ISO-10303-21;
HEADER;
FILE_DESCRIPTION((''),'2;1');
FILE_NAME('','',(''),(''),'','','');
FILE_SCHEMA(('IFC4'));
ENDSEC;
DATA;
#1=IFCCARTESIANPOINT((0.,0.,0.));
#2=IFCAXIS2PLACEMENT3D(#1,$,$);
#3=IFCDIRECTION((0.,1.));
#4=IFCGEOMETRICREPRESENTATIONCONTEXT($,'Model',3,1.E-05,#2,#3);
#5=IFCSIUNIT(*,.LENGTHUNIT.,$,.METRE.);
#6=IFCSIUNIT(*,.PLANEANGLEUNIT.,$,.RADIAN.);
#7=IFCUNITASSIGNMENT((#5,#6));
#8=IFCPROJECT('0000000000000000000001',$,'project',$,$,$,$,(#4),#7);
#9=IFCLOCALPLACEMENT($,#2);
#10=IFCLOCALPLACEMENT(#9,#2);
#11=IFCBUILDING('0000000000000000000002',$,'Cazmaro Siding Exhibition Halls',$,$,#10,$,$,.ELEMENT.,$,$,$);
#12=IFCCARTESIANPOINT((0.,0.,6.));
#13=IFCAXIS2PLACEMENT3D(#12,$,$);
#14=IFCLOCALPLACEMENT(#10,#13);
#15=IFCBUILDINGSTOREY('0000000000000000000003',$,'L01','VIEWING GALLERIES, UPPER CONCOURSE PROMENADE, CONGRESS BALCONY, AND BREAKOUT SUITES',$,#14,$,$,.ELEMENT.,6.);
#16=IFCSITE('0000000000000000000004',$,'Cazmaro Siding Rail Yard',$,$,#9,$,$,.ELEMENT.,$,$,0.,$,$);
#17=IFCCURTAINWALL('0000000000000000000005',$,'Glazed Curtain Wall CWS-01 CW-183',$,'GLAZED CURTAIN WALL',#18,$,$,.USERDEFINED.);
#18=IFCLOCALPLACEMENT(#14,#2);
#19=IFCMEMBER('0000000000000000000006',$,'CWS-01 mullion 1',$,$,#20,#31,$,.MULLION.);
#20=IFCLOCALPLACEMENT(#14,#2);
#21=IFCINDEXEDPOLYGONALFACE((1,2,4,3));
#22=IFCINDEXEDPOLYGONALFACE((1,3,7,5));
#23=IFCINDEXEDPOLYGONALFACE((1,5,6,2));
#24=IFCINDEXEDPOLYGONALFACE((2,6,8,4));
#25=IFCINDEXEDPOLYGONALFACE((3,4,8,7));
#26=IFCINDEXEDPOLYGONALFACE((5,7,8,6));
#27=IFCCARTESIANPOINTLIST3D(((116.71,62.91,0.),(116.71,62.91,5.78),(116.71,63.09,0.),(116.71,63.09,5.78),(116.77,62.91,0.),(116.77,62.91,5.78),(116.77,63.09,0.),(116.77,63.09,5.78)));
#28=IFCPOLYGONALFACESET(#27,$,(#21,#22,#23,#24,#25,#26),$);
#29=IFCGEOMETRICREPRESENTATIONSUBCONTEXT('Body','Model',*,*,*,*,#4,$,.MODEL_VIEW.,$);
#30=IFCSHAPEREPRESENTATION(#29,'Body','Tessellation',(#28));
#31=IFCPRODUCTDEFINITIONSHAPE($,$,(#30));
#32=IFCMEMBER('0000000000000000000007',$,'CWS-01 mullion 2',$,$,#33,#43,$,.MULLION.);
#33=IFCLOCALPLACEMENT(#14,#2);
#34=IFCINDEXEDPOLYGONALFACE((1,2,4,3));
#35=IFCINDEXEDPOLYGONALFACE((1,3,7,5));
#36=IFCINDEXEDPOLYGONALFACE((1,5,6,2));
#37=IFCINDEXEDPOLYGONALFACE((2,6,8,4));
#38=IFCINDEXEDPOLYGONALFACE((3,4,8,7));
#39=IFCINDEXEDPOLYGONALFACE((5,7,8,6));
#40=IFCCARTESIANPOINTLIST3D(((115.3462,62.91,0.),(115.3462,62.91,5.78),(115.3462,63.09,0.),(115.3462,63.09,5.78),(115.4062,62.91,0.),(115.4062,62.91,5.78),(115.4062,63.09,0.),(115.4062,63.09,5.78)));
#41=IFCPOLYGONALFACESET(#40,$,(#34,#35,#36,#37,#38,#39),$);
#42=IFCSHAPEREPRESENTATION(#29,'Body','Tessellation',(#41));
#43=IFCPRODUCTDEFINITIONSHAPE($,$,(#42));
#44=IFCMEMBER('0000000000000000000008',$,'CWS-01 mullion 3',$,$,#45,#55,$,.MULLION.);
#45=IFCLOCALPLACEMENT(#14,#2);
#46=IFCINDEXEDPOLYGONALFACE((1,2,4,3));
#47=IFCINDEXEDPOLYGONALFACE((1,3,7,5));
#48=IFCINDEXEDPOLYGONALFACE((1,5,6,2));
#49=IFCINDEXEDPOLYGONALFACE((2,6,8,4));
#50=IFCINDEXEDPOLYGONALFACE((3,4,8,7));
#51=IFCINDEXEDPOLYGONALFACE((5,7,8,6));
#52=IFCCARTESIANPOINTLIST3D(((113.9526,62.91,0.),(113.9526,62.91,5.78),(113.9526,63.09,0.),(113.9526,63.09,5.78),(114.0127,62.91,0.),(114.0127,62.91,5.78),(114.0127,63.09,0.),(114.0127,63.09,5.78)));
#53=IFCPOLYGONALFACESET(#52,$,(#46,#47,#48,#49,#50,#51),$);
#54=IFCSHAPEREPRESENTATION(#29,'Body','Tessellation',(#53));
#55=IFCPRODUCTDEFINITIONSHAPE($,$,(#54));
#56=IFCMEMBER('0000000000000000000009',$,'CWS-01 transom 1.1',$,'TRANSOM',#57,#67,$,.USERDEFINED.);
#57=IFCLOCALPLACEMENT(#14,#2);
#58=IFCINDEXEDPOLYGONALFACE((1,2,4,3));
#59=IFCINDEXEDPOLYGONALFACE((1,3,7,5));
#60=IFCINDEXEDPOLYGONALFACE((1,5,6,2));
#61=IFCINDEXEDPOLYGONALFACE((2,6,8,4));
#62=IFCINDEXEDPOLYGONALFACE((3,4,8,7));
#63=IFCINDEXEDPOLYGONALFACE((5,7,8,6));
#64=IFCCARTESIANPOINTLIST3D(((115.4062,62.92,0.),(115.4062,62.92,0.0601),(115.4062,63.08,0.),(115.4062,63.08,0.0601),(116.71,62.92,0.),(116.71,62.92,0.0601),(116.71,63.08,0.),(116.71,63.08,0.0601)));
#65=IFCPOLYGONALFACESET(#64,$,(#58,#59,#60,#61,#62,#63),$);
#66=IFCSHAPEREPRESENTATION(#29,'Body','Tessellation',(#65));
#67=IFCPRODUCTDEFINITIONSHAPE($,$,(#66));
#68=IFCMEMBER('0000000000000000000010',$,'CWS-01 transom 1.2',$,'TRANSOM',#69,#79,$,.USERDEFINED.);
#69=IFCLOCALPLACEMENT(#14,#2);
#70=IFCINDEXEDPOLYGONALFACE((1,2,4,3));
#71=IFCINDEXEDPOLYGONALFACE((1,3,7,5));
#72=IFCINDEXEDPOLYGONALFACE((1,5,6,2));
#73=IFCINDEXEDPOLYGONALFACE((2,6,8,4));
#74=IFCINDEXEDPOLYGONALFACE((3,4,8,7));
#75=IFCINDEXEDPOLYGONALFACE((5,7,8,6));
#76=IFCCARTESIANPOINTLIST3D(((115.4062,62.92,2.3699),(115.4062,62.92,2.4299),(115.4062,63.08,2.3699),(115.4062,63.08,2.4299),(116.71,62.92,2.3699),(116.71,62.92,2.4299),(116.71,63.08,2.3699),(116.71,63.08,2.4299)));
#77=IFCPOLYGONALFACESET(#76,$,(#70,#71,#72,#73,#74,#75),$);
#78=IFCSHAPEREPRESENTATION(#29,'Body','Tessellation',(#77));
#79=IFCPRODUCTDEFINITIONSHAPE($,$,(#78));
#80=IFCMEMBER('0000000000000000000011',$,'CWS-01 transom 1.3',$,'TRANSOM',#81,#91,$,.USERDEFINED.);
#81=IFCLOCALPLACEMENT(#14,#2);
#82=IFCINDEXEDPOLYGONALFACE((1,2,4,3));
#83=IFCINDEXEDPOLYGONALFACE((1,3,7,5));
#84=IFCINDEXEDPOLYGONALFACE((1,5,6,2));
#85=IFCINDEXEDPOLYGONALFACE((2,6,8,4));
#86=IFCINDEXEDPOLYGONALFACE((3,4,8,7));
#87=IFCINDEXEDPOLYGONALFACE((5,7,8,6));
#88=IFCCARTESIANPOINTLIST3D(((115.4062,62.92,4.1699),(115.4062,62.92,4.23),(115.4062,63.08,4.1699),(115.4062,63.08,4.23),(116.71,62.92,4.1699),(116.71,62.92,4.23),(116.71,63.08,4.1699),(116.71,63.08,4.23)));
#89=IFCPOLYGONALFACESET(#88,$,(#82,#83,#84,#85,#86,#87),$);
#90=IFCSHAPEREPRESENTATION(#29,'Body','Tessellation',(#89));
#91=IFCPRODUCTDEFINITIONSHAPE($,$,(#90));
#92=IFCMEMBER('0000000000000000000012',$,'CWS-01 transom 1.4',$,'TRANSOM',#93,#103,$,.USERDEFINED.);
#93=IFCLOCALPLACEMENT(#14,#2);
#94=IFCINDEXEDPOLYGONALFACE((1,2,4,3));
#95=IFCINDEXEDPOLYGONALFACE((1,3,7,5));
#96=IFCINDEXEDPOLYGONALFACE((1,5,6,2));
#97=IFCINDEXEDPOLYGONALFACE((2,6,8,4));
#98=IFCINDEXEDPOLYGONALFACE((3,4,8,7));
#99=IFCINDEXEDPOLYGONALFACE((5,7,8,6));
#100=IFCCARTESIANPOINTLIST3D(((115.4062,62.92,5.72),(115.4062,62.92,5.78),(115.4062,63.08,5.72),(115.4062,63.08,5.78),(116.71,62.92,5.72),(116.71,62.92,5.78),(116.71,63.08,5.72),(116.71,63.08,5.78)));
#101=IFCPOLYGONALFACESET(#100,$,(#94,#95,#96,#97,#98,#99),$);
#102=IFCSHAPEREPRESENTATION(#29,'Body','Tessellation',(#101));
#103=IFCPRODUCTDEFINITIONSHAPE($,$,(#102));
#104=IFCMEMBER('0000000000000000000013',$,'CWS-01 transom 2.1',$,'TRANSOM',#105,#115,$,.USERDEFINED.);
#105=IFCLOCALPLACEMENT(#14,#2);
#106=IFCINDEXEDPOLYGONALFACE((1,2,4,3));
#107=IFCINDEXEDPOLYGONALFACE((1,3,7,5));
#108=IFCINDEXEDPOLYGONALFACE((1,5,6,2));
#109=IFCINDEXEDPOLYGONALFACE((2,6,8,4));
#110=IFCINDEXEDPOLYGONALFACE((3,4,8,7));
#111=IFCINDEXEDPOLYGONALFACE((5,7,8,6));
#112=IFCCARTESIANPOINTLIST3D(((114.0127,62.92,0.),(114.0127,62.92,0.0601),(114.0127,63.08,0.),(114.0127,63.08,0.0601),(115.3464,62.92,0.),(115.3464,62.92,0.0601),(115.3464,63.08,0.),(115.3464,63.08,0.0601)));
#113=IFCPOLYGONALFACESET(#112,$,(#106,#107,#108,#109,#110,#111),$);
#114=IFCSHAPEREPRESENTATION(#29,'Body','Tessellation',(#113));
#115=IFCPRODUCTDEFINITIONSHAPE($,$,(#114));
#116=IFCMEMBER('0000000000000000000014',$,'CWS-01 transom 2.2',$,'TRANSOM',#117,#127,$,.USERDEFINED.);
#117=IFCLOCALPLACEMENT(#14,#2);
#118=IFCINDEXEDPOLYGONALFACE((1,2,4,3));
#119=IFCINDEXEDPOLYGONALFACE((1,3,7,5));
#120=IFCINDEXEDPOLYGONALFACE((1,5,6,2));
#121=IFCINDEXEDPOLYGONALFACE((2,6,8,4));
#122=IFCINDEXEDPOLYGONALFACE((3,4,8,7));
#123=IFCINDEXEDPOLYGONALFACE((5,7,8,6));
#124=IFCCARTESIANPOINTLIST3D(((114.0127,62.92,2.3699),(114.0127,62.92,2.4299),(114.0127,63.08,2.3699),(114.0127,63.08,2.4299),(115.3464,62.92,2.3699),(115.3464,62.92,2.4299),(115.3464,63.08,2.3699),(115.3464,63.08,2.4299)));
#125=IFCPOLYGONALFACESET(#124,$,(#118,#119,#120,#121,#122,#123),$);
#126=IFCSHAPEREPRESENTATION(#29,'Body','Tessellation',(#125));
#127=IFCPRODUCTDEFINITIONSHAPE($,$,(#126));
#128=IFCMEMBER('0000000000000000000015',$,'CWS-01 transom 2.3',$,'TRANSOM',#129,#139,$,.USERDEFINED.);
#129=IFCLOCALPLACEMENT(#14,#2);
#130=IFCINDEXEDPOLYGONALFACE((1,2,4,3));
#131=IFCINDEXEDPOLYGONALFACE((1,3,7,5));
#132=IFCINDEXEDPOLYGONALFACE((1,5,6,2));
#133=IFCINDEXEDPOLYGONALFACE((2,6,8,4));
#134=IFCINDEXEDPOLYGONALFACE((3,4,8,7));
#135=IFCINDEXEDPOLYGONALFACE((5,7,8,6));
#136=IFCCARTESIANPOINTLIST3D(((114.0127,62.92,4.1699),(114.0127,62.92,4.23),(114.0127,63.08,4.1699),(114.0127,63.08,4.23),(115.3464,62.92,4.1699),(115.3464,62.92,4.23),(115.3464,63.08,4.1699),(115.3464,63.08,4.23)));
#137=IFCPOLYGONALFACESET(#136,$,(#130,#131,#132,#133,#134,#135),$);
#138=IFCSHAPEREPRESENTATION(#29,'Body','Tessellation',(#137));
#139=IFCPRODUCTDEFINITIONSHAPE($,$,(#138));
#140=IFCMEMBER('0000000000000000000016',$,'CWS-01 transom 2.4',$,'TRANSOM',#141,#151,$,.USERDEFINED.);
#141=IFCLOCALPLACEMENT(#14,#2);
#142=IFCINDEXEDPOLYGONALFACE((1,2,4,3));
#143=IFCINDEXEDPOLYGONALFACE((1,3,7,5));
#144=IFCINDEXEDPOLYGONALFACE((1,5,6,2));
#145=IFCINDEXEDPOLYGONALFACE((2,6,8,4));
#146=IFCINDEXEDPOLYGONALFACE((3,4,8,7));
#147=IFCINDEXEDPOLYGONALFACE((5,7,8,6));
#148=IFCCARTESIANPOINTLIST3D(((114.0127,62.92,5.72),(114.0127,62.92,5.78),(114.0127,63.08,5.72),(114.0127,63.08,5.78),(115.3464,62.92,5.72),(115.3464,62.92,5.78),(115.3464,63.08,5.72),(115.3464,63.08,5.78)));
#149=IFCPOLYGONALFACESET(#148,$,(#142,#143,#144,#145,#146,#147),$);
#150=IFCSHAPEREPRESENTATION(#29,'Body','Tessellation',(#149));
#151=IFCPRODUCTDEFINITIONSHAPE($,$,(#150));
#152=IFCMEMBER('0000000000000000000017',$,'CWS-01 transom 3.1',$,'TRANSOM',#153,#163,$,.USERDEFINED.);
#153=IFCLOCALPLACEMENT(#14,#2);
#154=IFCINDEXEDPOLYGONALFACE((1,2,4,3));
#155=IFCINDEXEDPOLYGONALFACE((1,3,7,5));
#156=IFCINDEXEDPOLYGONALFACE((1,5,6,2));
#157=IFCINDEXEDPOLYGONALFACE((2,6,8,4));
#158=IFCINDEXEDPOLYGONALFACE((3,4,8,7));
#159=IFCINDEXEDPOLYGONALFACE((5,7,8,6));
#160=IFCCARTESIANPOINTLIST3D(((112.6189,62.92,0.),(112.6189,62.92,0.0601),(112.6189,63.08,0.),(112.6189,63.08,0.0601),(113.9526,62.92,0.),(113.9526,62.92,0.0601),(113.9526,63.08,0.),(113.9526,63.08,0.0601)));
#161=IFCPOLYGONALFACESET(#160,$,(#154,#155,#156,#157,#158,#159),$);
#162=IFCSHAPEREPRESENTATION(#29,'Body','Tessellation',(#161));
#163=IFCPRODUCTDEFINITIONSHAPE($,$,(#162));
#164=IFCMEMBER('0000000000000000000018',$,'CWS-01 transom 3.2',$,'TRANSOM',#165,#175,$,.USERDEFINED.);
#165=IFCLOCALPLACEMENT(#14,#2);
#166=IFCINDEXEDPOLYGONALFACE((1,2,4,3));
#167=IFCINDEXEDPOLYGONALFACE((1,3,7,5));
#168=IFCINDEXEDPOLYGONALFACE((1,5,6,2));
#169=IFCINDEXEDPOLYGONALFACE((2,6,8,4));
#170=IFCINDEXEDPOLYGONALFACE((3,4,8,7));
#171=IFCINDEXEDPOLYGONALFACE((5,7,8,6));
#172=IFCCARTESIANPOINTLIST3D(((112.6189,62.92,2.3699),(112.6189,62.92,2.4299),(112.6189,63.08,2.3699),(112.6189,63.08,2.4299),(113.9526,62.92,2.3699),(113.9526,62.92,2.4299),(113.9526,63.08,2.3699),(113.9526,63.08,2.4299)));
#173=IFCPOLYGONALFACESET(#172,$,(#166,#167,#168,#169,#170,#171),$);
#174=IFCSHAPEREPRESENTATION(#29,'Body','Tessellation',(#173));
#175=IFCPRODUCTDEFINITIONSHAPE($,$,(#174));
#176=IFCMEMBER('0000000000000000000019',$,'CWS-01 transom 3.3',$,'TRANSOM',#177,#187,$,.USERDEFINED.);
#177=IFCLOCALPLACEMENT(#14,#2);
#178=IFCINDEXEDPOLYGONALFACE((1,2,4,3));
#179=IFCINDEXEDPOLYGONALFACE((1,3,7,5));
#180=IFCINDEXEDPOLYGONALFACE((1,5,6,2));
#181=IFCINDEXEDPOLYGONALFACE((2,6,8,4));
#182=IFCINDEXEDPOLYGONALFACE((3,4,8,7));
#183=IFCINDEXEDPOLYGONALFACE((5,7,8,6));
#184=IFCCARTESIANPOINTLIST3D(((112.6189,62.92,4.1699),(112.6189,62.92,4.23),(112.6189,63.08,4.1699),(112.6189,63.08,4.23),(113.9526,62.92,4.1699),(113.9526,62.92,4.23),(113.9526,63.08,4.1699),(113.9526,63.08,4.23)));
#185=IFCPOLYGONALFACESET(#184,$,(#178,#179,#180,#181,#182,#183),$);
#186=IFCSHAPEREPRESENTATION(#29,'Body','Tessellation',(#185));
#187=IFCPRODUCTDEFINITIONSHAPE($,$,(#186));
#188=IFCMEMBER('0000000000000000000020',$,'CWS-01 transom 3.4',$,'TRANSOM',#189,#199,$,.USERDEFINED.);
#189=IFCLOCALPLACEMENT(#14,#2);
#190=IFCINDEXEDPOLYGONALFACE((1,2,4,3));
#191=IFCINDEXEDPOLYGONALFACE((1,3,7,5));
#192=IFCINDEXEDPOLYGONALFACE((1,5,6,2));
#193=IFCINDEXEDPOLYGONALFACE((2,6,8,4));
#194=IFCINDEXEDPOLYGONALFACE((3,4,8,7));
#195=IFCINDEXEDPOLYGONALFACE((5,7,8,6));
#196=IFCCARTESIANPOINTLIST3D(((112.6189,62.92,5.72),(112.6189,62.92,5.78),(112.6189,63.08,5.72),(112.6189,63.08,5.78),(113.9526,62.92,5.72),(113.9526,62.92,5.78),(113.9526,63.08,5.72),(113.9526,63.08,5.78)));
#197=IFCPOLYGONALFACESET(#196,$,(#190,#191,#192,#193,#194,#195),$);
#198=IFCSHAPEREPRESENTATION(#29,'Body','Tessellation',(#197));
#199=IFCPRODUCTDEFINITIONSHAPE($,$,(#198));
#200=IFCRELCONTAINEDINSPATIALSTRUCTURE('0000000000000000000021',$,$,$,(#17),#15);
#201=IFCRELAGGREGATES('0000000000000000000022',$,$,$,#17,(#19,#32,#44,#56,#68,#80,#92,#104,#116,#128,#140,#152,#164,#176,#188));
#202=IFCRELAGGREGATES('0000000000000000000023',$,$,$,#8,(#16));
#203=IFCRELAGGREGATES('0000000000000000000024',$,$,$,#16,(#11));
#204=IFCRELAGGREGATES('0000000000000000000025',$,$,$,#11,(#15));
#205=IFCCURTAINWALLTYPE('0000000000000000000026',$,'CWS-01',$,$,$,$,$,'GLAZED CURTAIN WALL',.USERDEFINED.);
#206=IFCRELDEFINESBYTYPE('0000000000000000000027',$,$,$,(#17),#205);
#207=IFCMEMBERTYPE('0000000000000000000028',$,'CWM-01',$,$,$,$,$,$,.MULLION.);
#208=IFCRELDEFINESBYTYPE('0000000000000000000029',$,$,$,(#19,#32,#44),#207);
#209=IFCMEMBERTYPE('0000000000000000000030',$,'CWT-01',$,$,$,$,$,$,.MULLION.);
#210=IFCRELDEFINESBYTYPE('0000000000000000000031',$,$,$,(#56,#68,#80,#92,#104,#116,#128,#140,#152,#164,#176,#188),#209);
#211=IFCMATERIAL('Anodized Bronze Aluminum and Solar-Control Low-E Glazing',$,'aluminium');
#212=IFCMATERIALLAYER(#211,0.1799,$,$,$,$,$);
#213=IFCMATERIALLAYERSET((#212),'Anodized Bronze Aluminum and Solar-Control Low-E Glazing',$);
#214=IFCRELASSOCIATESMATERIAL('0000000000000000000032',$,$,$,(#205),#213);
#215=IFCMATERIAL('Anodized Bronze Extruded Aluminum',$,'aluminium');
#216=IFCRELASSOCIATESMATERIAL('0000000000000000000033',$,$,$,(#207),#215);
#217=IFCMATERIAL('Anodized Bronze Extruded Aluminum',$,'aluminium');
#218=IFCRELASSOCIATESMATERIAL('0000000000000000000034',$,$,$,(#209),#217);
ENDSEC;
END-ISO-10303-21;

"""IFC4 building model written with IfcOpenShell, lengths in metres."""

from ifc_helpers import new_model, si_unit, direction, frame, origin, origin_2d, place, context, subcontext, project, spatial, rectangle, extrude, material, layer, layer_set, material_profile, profile_set, type_object, element, aggregate, save


model = new_model("IFC4")

# Units and contexts
model_context = context("Model", 3, precision=1e-05, world=origin(), true_north=direction((0.0, 1.0)))
body_context = subcontext(model_context, "Body", "Model", "MODEL_VIEW")
ifc_project = project(units=[si_unit("LENGTHUNIT", "METRE"), si_unit("PLANEANGLEUNIT", "RADIAN")], contexts=[model_context])

# Site, building, storey
site_placement = place(None, origin())
site = spatial("IfcSite", under=ifc_project, at=site_placement, Name="Cazmaro Siding Rail Yard", CompositionType="ELEMENT", RefElevation=0.0)
building_placement = place(site_placement, origin())
building = spatial("IfcBuilding", under=site, at=building_placement, Name="Cazmaro Siding Exhibition Halls", CompositionType="ELEMENT")
storey_placement = place(building_placement, frame((0.0, 0.0, 6.0)))
storey = spatial("IfcBuildingStorey", under=building, at=storey_placement, Name="L01", Description="VIEWING GALLERIES, UPPER CONCOURSE PROMENADE, CONGRESS BALCONY, AND BREAKOUT SUITES", CompositionType="ELEMENT", Elevation=6.0)

# Curtain wall, members
ifc_material_1 = material(Name="Anodized Bronze Aluminum and Solar-Control Low-E Glazing", Category="aluminium")
ifc_layer_1 = layer(ifc_material_1, 0.1799)
ifc_layer_set_1 = layer_set([ifc_layer_1], Name="Anodized Bronze Aluminum and Solar-Control Low-E Glazing")
curtain_wall_type = type_object("IfcCurtainWallType", Name="CWS-01", ElementType="GLAZED CURTAIN WALL", PredefinedType="USERDEFINED", material=ifc_layer_set_1)
curtain_wall_placement = place(storey_placement, origin())
curtain_wall = element("IfcCurtainWall", 1, at=curtain_wall_placement, inside=storey, type_object=curtain_wall_type, Name="Glazed Curtain Wall CWS-01 CW-183", ObjectType="GLAZED CURTAIN WALL", PredefinedType="USERDEFINED")
ifc_material_2 = material(Name="Anodized Bronze Extruded Aluminum", Category="aluminium")
ifc_material_profile_1 = material_profile(ifc_material_2, rectangle(XDim=0.1799, YDim=0.0601, at=origin_2d()), Name="CWM-01")
ifc_profile_set_1 = profile_set([ifc_material_profile_1], Name="Anodized Bronze Extruded Aluminum")
member_type_1 = type_object("IfcMemberType", Name="CWM-01", PredefinedType="MULLION", material=ifc_profile_set_1)
member_1_placement = place(storey_placement, frame((116.74, 63.0, 0.0), z_axis=(0.0, 0.0, 1.0), x_axis=(0.0, -1.0, 0.0)))
member_1 = element("IfcMember", 2, at=member_1_placement, type_object=member_type_1, Name="CWS-01 mullion 1", PredefinedType="MULLION", context=body_context, shape_type="SweptSolid", body=[
    extrude(rectangle(XDim=0.1799, YDim=0.0601, at=origin_2d()), origin(), (0.0, 0.0, 1.0), 5.78),
])
member_2_placement = place(storey_placement, frame((115.3762, 63.0, 0.0), z_axis=(0.0, 0.0, 1.0), x_axis=(0.0, -1.0, 0.0)))
member_2 = element("IfcMember", 3, at=member_2_placement, type_object=member_type_1, Name="CWS-01 mullion 2", PredefinedType="MULLION", context=body_context, shape_type="SweptSolid", body=[
    extrude(rectangle(XDim=0.1799, YDim=0.0601, at=origin_2d()), origin(), (0.0, 0.0, 1.0), 5.78),
])
member_3_placement = place(storey_placement, frame((113.9827, 63.0, 0.0), z_axis=(0.0, 0.0, 1.0), x_axis=(0.0, -1.0, 0.0)))
member_3 = element("IfcMember", 4, at=member_3_placement, type_object=member_type_1, Name="CWS-01 mullion 3", PredefinedType="MULLION", context=body_context, shape_type="SweptSolid", body=[
    extrude(rectangle(XDim=0.1799, YDim=0.0601, at=origin_2d()), origin(), (0.0, 0.0, 1.0), 5.78),
])
ifc_material_3 = material(Name="Anodized Bronze Extruded Aluminum", Category="aluminium")
ifc_material_profile_2 = material_profile(ifc_material_3, rectangle(XDim=0.1599, YDim=0.0601, at=origin_2d()), Name="CWT-01")
ifc_profile_set_2 = profile_set([ifc_material_profile_2], Name="Anodized Bronze Extruded Aluminum")
member_type_2 = type_object("IfcMemberType", Name="CWT-01", PredefinedType="MULLION", material=ifc_profile_set_2)
member_4_placement = place(storey_placement, frame((116.71, 63.0, 0.03), z_axis=(-1.0, 0.0, 0.0), x_axis=(0.0, -1.0, 0.0)))
member_4 = element("IfcMember", 5, at=member_4_placement, type_object=member_type_2, Name="CWS-01 transom 1.1", ObjectType="TRANSOM", PredefinedType="USERDEFINED", context=body_context, shape_type="SweptSolid", body=[
    extrude(rectangle(XDim=0.1599, YDim=0.0601, at=origin_2d()), origin(), (0.0, 0.0, 1.0), 1.3037),
])
member_5_placement = place(storey_placement, frame((116.71, 63.0, 2.3999), z_axis=(-1.0, 0.0, 0.0), x_axis=(0.0, -1.0, 0.0)))
member_5 = element("IfcMember", 6, at=member_5_placement, type_object=member_type_2, Name="CWS-01 transom 1.2", ObjectType="TRANSOM", PredefinedType="USERDEFINED", context=body_context, shape_type="SweptSolid", body=[
    extrude(rectangle(XDim=0.1599, YDim=0.0601, at=origin_2d()), origin(), (0.0, 0.0, 1.0), 1.3037),
])
member_6_placement = place(storey_placement, frame((116.71, 63.0, 4.2), z_axis=(-1.0, 0.0, 0.0), x_axis=(0.0, -1.0, 0.0)))
member_6 = element("IfcMember", 7, at=member_6_placement, type_object=member_type_2, Name="CWS-01 transom 1.3", ObjectType="TRANSOM", PredefinedType="USERDEFINED", context=body_context, shape_type="SweptSolid", body=[
    extrude(rectangle(XDim=0.1599, YDim=0.0601, at=origin_2d()), origin(), (0.0, 0.0, 1.0), 1.3037),
])
member_7_placement = place(storey_placement, frame((116.71, 63.0, 5.75), z_axis=(-1.0, 0.0, 0.0), x_axis=(0.0, -1.0, 0.0)))
member_7 = element("IfcMember", 8, at=member_7_placement, type_object=member_type_2, Name="CWS-01 transom 1.4", ObjectType="TRANSOM", PredefinedType="USERDEFINED", context=body_context, shape_type="SweptSolid", body=[
    extrude(rectangle(XDim=0.1599, YDim=0.0601, at=origin_2d()), origin(), (0.0, 0.0, 1.0), 1.3037),
])
member_8_placement = place(storey_placement, frame((115.3464, 63.0, 0.03), z_axis=(-1.0, 0.0, 0.0), x_axis=(0.0, -1.0, 0.0)))
member_8 = element("IfcMember", 9, at=member_8_placement, type_object=member_type_2, Name="CWS-01 transom 2.1", ObjectType="TRANSOM", PredefinedType="USERDEFINED", context=body_context, shape_type="SweptSolid", body=[
    extrude(rectangle(XDim=0.1599, YDim=0.0601, at=origin_2d()), origin(), (0.0, 0.0, 1.0), 1.3337),
])
member_9_placement = place(storey_placement, frame((115.3464, 63.0, 2.3999), z_axis=(-1.0, 0.0, 0.0), x_axis=(0.0, -1.0, 0.0)))
member_9 = element("IfcMember", 10, at=member_9_placement, type_object=member_type_2, Name="CWS-01 transom 2.2", ObjectType="TRANSOM", PredefinedType="USERDEFINED", context=body_context, shape_type="SweptSolid", body=[
    extrude(rectangle(XDim=0.1599, YDim=0.0601, at=origin_2d()), origin(), (0.0, 0.0, 1.0), 1.3337),
])
member_10_placement = place(storey_placement, frame((115.3464, 63.0, 4.2), z_axis=(-1.0, 0.0, 0.0), x_axis=(0.0, -1.0, 0.0)))
member_10 = element("IfcMember", 11, at=member_10_placement, type_object=member_type_2, Name="CWS-01 transom 2.3", ObjectType="TRANSOM", PredefinedType="USERDEFINED", context=body_context, shape_type="SweptSolid", body=[
    extrude(rectangle(XDim=0.1599, YDim=0.0601, at=origin_2d()), origin(), (0.0, 0.0, 1.0), 1.3337),
])
member_11_placement = place(storey_placement, frame((115.3464, 63.0, 5.75), z_axis=(-1.0, 0.0, 0.0), x_axis=(0.0, -1.0, 0.0)))
member_11 = element("IfcMember", 12, at=member_11_placement, type_object=member_type_2, Name="CWS-01 transom 2.4", ObjectType="TRANSOM", PredefinedType="USERDEFINED", context=body_context, shape_type="SweptSolid", body=[
    extrude(rectangle(XDim=0.1599, YDim=0.0601, at=origin_2d()), origin(), (0.0, 0.0, 1.0), 1.3337),
])
member_12_placement = place(storey_placement, frame((113.9526, 63.0, 0.03), z_axis=(-1.0, 0.0, 0.0), x_axis=(0.0, -1.0, 0.0)))
member_12 = element("IfcMember", 13, at=member_12_placement, type_object=member_type_2, Name="CWS-01 transom 3.1", ObjectType="TRANSOM", PredefinedType="USERDEFINED", context=body_context, shape_type="SweptSolid", body=[
    extrude(rectangle(XDim=0.1599, YDim=0.0601, at=origin_2d()), origin(), (0.0, 0.0, 1.0), 1.3337),
])
member_13_placement = place(storey_placement, frame((113.9526, 63.0, 2.3999), z_axis=(-1.0, 0.0, 0.0), x_axis=(0.0, -1.0, 0.0)))
member_13 = element("IfcMember", 14, at=member_13_placement, type_object=member_type_2, Name="CWS-01 transom 3.2", ObjectType="TRANSOM", PredefinedType="USERDEFINED", context=body_context, shape_type="SweptSolid", body=[
    extrude(rectangle(XDim=0.1599, YDim=0.0601, at=origin_2d()), origin(), (0.0, 0.0, 1.0), 1.3337),
])
member_14_placement = place(storey_placement, frame((113.9526, 63.0, 4.2), z_axis=(-1.0, 0.0, 0.0), x_axis=(0.0, -1.0, 0.0)))
member_14 = element("IfcMember", 15, at=member_14_placement, type_object=member_type_2, Name="CWS-01 transom 3.3", ObjectType="TRANSOM", PredefinedType="USERDEFINED", context=body_context, shape_type="SweptSolid", body=[
    extrude(rectangle(XDim=0.1599, YDim=0.0601, at=origin_2d()), origin(), (0.0, 0.0, 1.0), 1.3337),
])
member_15_placement = place(storey_placement, frame((113.9526, 63.0, 5.75), z_axis=(-1.0, 0.0, 0.0), x_axis=(0.0, -1.0, 0.0)))
member_15 = element("IfcMember", 16, at=member_15_placement, type_object=member_type_2, Name="CWS-01 transom 3.4", ObjectType="TRANSOM", PredefinedType="USERDEFINED", context=body_context, shape_type="SweptSolid", body=[
    extrude(rectangle(XDim=0.1599, YDim=0.0601, at=origin_2d()), origin(), (0.0, 0.0, 1.0), 1.3337),
])
aggregate(curtain_wall, [member_1, member_2, member_3, member_4, member_5, member_6, member_7, member_8, member_9, member_10, member_11, member_12, member_13, member_14, member_15])

save(model, "model.ifc")
